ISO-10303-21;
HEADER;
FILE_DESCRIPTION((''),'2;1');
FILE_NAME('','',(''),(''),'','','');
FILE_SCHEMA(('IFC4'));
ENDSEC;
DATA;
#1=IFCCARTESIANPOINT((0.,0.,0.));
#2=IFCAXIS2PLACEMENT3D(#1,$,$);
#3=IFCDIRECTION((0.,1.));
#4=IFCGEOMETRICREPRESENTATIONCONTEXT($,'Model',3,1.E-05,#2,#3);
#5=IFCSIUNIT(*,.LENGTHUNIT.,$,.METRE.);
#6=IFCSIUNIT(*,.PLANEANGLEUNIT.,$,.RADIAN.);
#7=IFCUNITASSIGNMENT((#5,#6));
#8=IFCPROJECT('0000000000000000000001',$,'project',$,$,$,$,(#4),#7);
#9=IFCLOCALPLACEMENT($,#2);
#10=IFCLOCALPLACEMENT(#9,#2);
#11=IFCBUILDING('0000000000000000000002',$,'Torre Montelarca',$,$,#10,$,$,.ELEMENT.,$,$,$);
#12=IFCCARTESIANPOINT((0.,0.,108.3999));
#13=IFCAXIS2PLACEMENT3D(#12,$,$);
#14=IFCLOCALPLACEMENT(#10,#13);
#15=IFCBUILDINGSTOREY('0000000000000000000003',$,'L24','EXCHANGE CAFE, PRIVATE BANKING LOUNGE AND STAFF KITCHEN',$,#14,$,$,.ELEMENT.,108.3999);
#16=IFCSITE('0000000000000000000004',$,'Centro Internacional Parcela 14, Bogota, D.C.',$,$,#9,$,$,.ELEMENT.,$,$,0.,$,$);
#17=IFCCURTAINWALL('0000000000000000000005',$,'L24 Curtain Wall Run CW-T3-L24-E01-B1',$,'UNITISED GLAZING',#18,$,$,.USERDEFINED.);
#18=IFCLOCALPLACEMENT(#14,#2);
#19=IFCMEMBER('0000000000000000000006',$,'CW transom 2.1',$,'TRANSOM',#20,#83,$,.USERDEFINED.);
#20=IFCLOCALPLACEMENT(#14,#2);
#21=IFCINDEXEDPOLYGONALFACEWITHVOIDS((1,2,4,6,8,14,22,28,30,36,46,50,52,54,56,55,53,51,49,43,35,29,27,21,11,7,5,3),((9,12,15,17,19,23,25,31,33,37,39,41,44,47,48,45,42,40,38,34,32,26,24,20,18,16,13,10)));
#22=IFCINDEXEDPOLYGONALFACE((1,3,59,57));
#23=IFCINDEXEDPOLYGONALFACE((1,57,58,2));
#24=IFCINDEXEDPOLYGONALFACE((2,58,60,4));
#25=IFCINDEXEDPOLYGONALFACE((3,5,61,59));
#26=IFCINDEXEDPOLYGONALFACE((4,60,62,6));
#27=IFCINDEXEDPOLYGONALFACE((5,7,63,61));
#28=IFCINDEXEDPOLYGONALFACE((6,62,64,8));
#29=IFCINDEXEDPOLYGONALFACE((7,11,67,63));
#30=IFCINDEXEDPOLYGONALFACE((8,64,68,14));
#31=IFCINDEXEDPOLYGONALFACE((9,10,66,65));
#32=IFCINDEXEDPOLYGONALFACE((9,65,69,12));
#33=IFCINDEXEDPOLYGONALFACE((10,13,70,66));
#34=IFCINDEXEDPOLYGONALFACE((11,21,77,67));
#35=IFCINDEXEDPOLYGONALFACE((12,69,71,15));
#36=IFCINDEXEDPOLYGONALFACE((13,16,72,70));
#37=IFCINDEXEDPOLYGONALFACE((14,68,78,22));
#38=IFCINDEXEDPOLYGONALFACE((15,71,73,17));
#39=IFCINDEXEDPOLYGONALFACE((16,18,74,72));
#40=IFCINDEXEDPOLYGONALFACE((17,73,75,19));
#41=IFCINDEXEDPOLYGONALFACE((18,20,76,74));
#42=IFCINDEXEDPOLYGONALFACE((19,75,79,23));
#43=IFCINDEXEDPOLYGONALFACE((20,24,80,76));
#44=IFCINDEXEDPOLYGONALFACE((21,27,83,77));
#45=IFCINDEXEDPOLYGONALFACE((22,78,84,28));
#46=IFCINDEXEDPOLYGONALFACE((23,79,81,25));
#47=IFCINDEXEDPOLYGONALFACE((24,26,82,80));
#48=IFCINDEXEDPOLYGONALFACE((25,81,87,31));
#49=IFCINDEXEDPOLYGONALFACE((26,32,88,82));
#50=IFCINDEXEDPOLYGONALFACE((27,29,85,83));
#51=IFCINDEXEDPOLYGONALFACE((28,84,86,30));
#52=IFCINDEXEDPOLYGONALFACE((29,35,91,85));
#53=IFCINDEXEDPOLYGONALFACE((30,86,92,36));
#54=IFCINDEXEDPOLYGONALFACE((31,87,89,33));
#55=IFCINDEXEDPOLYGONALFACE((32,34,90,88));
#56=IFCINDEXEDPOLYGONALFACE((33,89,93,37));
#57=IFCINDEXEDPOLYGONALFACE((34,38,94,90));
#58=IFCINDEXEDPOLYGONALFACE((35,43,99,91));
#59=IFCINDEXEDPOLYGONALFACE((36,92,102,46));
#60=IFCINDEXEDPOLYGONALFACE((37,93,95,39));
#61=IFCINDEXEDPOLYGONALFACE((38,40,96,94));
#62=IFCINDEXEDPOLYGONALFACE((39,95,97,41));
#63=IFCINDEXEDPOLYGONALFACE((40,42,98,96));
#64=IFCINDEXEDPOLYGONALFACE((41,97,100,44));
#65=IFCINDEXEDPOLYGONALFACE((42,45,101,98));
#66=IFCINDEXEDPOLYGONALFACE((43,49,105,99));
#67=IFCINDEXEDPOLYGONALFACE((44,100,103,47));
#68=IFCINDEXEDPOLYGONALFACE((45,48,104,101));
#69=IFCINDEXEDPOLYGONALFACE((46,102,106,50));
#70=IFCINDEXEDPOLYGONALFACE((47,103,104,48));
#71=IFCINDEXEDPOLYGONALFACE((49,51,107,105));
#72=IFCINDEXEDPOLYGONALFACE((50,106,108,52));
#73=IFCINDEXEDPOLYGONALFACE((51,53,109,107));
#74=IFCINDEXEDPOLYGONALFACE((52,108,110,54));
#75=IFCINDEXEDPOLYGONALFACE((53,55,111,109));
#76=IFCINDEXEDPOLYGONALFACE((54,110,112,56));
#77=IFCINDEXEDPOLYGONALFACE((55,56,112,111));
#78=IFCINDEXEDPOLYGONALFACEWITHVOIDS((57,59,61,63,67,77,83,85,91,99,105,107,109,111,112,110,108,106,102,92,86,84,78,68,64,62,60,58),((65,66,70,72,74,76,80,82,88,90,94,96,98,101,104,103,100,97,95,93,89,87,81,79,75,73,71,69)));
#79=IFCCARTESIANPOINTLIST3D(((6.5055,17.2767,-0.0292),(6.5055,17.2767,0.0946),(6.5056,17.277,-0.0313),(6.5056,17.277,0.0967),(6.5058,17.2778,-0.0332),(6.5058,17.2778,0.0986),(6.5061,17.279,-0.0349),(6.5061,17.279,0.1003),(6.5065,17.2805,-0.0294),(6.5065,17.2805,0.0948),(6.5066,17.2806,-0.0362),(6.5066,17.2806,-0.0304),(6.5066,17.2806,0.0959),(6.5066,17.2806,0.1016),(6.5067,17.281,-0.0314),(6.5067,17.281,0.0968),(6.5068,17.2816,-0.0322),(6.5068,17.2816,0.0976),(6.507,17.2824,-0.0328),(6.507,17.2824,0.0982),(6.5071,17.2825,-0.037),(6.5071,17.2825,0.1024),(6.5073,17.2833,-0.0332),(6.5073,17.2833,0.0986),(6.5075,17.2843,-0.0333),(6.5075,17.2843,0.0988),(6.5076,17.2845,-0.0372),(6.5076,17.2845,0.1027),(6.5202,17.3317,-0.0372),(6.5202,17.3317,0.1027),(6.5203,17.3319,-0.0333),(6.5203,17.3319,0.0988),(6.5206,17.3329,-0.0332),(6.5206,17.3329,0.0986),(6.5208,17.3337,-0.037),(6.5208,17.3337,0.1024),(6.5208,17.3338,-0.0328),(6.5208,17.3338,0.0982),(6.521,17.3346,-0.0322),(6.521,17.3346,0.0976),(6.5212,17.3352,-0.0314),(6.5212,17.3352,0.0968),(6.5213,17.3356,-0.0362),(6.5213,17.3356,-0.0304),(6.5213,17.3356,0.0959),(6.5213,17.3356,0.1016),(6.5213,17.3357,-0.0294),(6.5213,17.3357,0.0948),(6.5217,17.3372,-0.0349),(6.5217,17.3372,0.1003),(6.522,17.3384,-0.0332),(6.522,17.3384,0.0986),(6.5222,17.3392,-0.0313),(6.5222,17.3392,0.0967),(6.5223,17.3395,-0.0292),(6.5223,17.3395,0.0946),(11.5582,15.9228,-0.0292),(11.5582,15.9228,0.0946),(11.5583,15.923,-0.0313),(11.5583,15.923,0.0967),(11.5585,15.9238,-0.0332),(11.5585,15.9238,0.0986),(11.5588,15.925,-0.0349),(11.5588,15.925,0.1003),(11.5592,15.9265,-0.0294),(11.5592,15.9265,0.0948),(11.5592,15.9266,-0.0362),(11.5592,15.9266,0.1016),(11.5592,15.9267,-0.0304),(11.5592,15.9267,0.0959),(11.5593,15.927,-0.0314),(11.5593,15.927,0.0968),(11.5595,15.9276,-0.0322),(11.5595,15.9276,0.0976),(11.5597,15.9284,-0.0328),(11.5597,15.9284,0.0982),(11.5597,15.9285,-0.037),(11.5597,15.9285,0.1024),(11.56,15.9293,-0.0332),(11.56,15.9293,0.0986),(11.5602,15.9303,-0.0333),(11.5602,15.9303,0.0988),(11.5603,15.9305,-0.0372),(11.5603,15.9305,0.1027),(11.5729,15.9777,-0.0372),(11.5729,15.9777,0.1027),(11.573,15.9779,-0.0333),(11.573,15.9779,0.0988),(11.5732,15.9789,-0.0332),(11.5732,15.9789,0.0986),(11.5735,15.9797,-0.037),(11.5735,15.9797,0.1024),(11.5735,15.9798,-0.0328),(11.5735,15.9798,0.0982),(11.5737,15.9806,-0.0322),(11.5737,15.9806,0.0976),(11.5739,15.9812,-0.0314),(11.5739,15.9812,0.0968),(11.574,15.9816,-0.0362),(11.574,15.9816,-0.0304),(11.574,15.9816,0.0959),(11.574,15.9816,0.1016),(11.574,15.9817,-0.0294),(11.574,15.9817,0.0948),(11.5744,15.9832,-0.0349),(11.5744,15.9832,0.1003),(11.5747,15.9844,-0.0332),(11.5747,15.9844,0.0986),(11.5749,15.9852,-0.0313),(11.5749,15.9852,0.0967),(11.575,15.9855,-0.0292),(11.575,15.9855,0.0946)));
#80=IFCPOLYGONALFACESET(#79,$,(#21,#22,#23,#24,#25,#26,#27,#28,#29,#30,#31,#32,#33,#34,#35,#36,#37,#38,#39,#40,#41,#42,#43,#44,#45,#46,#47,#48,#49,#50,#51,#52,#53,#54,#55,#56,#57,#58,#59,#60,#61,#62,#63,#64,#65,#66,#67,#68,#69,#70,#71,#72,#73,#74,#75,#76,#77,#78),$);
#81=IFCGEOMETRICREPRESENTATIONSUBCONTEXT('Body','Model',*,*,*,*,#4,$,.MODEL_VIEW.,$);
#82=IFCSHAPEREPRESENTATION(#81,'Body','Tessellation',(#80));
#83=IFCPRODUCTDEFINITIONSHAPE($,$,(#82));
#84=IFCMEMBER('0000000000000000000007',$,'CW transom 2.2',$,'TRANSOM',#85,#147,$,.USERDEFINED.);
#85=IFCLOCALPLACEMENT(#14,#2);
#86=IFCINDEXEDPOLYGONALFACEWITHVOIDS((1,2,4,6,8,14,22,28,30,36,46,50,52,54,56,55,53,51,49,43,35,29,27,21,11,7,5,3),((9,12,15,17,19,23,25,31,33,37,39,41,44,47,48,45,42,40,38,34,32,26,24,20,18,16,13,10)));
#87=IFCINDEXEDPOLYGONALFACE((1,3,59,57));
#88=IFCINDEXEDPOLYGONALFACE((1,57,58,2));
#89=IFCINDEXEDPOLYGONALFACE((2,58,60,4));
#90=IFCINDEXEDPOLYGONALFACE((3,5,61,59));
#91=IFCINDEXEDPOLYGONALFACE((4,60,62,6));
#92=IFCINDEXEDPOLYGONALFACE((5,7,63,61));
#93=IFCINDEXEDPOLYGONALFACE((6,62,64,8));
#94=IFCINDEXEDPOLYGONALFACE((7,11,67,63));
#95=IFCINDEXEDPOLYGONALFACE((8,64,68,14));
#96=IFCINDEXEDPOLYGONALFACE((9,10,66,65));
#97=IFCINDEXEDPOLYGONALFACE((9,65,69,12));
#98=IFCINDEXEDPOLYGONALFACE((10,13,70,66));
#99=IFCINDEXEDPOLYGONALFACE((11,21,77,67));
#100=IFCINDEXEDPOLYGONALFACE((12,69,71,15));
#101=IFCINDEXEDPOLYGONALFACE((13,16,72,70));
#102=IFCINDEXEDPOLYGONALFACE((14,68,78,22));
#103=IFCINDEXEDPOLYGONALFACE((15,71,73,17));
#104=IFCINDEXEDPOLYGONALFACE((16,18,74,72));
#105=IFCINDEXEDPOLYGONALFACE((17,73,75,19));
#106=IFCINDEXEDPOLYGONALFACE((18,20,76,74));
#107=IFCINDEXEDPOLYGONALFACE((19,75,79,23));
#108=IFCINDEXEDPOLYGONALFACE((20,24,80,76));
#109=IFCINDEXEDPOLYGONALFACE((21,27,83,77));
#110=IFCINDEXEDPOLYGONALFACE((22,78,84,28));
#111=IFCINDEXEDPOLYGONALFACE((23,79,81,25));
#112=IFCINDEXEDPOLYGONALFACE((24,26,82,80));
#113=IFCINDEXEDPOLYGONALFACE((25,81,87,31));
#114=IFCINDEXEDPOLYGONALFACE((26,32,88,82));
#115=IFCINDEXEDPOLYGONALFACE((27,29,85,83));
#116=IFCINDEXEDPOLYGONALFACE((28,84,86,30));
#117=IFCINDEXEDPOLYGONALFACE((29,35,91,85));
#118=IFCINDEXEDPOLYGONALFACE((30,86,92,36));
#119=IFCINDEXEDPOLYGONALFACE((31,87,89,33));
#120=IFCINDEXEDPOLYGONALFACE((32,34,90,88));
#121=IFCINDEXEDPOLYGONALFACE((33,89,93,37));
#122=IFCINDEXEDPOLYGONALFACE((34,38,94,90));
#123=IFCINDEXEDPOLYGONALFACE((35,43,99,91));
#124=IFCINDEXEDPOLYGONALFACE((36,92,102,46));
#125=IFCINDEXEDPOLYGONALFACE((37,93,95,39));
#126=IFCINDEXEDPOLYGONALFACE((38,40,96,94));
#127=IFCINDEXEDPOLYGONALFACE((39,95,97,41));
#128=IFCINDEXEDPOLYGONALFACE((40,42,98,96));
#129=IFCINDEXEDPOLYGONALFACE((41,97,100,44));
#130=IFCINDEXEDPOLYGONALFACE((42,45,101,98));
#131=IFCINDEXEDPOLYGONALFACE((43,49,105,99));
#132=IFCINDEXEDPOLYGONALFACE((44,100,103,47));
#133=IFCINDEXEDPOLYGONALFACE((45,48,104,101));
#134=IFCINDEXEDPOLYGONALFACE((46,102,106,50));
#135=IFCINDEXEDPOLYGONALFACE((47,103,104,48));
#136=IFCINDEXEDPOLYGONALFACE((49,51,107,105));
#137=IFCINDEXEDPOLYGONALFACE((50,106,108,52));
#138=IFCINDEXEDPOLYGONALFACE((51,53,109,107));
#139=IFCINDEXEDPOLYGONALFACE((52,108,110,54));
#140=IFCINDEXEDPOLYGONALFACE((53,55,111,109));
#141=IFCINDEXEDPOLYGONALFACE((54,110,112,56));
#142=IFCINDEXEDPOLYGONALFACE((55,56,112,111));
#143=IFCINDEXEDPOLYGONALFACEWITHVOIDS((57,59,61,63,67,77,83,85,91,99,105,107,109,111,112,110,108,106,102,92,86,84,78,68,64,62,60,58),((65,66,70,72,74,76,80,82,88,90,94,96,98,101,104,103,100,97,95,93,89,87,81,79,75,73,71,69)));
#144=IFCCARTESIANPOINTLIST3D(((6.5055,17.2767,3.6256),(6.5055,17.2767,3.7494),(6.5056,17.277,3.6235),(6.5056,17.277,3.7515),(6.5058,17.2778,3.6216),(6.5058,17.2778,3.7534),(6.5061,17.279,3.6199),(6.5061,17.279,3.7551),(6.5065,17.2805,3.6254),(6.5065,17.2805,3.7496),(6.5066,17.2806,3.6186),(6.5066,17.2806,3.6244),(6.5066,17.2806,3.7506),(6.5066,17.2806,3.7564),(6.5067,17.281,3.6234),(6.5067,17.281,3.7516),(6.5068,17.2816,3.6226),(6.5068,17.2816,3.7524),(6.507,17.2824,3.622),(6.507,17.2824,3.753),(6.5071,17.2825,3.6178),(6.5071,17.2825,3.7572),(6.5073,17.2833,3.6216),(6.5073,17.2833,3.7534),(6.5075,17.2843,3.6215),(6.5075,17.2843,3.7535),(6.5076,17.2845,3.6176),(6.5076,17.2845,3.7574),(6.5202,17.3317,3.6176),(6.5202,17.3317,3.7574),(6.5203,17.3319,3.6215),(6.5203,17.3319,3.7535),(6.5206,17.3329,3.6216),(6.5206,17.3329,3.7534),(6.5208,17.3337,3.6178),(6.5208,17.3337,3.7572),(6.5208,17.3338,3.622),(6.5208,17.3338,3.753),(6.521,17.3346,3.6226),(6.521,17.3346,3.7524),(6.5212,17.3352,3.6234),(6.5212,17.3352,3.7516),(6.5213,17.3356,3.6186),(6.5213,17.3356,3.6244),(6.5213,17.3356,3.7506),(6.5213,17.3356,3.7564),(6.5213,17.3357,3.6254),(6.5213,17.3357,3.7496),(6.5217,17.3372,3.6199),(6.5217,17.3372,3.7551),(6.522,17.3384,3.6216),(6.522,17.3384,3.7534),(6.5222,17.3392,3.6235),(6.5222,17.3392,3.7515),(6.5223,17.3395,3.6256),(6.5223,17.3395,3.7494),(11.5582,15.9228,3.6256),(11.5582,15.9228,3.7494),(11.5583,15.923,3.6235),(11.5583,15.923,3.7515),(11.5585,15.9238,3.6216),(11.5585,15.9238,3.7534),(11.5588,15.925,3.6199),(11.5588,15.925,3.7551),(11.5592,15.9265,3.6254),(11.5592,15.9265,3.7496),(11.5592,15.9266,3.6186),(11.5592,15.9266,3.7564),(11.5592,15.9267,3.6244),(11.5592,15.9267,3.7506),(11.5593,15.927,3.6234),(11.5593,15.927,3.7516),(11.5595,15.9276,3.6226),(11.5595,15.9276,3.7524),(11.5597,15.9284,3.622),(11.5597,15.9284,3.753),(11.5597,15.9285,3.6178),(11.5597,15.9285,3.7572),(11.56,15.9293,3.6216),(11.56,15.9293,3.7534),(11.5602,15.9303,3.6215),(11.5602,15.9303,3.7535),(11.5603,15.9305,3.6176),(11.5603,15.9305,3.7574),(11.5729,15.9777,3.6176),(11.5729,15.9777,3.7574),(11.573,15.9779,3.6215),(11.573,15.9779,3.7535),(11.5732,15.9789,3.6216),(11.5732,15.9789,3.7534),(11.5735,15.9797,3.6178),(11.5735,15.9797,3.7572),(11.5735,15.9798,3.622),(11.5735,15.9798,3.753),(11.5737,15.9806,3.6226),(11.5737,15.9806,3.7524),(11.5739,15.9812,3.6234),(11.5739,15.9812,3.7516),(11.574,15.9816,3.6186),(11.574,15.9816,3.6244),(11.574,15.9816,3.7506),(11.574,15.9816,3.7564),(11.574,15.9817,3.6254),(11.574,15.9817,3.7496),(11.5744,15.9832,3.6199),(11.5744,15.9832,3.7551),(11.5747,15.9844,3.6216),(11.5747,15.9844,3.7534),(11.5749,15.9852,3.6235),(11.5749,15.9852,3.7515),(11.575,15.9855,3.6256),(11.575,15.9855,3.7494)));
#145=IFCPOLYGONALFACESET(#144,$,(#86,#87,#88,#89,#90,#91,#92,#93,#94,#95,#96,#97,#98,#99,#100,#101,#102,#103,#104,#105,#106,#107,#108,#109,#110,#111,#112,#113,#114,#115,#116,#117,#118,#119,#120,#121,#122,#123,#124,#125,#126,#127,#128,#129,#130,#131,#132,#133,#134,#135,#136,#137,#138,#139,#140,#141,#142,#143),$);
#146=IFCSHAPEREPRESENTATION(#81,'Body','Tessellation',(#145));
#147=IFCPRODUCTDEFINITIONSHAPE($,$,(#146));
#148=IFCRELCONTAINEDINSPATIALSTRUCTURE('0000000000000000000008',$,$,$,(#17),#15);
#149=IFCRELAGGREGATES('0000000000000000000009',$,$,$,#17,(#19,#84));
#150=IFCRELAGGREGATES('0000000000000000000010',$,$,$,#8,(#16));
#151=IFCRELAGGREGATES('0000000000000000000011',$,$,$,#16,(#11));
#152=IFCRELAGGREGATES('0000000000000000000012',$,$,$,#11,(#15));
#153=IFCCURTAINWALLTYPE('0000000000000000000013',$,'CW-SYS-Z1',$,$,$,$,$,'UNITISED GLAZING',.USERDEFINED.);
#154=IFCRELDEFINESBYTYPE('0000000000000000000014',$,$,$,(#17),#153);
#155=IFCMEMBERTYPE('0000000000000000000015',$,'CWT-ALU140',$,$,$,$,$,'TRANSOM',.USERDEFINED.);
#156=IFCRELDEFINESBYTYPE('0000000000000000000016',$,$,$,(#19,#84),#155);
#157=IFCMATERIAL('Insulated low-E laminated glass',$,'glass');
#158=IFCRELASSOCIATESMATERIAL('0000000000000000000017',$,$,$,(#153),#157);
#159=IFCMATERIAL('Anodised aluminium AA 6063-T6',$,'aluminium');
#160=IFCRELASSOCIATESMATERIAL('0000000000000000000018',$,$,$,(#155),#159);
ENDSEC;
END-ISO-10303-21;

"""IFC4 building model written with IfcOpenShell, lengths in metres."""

from ifc_helpers import new_model, si_unit, direction, frame, origin, origin_2d, place, context, subcontext, project, spatial, hollow_rectangle, extrude, source, transform, mapped, material, material_profile, profile_set, type_object, element, aggregate, save


model = new_model("IFC4")

# Units and contexts
model_context = context("Model", 3, precision=1e-05, world=origin(), true_north=direction((0.0, 1.0)))
body_context = subcontext(model_context, "Body", "Model", "MODEL_VIEW")
ifc_project = project(units=[si_unit("LENGTHUNIT", "METRE"), si_unit("PLANEANGLEUNIT", "RADIAN")], contexts=[model_context])

# Site, building, storey
site_placement = place(None, origin())
site = spatial("IfcSite", under=ifc_project, at=site_placement, Name="Centro Internacional Parcela 14, Bogota, D.C.", CompositionType="ELEMENT", RefElevation=0.0)
building_placement = place(site_placement, origin())
building = spatial("IfcBuilding", under=site, at=building_placement, Name="Torre Montelarca", CompositionType="ELEMENT")
storey_placement = place(building_placement, frame((0.0, 0.0, 108.3999)))
storey = spatial("IfcBuildingStorey", under=building, at=storey_placement, Name="L24", Description="EXCHANGE CAFE, PRIVATE BANKING LOUNGE AND STAFF KITCHEN", CompositionType="ELEMENT", Elevation=108.3999)

# Curtain wall, members
ifc_material_1 = material(Name="Insulated low-E laminated glass", Category="glass")
curtain_wall_type = type_object("IfcCurtainWallType", Name="CW-SYS-Z1", ElementType="UNITISED GLAZING", PredefinedType="USERDEFINED", material=ifc_material_1)
curtain_wall_1_placement = place(storey_placement, origin())
curtain_wall_1 = element("IfcCurtainWall", 1, at=curtain_wall_1_placement, inside=storey, type_object=curtain_wall_type, Name="L24 Curtain Wall Run CW-T3-L24-E01-B1", ObjectType="UNITISED GLAZING", PredefinedType="USERDEFINED")
ifc_material_2 = material(Name="Anodised aluminium AA 6063-T6", Category="aluminium")
ifc_material_profile_1 = material_profile(ifc_material_2, hollow_rectangle(XDim=0.0649, YDim=0.1399, WallThickness=0.0039, InnerFilletRadius=0.0039, OuterFilletRadius=0.0081, at=origin_2d()), Name="ALU65X140X4", Category="aluminium")
ifc_profile_set_1 = profile_set([ifc_material_profile_1], Name="Anodised aluminium AA 6063-T6")
member_type_1 = type_object("IfcMemberType", Name="CWT-ALU140", ElementType="TRANSOM", PredefinedType="USERDEFINED", material=ifc_profile_set_1)
shared_shape_1 = source(origin(), body_context, "Body", "SweptSolid", [
    extrude(hollow_rectangle(XDim=0.0649, YDim=0.1399, WallThickness=0.0039, InnerFilletRadius=0.0039, OuterFilletRadius=0.0081, at=origin_2d()), origin(), (0.0, 0.0, 1.0), 5.231),
])
member_1_placement = place(storey_placement, frame((6.5139, 17.3081, 0.0327), z_axis=(0.96592, -0.258842, 0.0), x_axis=(0.258842, 0.96592, 0.0)))
member_1 = element("IfcMember", 2, at=member_1_placement, type_object=member_type_1, Name="CW transom 2.1", ObjectType="TRANSOM", PredefinedType="USERDEFINED", context=body_context, shape_type="MappedRepresentation", body=[
    mapped(shared_shape_1, transform((0.0, 0.0, 0.0), scale=1.0)),
])
member_2_placement = place(storey_placement, frame((6.5139, 17.3081, 3.6875), z_axis=(0.96592, -0.258842, 0.0), x_axis=(0.258842, 0.96592, 0.0)))
member_2 = element("IfcMember", 3, at=member_2_placement, type_object=member_type_1, Name="CW transom 2.2", ObjectType="TRANSOM", PredefinedType="USERDEFINED", context=body_context, shape_type="MappedRepresentation", body=[
    mapped(shared_shape_1, transform((0.0, 0.0, 0.0), scale=1.0)),
])

aggregate(curtain_wall_1, [member_1, member_2])

save(model, "model.ifc")
